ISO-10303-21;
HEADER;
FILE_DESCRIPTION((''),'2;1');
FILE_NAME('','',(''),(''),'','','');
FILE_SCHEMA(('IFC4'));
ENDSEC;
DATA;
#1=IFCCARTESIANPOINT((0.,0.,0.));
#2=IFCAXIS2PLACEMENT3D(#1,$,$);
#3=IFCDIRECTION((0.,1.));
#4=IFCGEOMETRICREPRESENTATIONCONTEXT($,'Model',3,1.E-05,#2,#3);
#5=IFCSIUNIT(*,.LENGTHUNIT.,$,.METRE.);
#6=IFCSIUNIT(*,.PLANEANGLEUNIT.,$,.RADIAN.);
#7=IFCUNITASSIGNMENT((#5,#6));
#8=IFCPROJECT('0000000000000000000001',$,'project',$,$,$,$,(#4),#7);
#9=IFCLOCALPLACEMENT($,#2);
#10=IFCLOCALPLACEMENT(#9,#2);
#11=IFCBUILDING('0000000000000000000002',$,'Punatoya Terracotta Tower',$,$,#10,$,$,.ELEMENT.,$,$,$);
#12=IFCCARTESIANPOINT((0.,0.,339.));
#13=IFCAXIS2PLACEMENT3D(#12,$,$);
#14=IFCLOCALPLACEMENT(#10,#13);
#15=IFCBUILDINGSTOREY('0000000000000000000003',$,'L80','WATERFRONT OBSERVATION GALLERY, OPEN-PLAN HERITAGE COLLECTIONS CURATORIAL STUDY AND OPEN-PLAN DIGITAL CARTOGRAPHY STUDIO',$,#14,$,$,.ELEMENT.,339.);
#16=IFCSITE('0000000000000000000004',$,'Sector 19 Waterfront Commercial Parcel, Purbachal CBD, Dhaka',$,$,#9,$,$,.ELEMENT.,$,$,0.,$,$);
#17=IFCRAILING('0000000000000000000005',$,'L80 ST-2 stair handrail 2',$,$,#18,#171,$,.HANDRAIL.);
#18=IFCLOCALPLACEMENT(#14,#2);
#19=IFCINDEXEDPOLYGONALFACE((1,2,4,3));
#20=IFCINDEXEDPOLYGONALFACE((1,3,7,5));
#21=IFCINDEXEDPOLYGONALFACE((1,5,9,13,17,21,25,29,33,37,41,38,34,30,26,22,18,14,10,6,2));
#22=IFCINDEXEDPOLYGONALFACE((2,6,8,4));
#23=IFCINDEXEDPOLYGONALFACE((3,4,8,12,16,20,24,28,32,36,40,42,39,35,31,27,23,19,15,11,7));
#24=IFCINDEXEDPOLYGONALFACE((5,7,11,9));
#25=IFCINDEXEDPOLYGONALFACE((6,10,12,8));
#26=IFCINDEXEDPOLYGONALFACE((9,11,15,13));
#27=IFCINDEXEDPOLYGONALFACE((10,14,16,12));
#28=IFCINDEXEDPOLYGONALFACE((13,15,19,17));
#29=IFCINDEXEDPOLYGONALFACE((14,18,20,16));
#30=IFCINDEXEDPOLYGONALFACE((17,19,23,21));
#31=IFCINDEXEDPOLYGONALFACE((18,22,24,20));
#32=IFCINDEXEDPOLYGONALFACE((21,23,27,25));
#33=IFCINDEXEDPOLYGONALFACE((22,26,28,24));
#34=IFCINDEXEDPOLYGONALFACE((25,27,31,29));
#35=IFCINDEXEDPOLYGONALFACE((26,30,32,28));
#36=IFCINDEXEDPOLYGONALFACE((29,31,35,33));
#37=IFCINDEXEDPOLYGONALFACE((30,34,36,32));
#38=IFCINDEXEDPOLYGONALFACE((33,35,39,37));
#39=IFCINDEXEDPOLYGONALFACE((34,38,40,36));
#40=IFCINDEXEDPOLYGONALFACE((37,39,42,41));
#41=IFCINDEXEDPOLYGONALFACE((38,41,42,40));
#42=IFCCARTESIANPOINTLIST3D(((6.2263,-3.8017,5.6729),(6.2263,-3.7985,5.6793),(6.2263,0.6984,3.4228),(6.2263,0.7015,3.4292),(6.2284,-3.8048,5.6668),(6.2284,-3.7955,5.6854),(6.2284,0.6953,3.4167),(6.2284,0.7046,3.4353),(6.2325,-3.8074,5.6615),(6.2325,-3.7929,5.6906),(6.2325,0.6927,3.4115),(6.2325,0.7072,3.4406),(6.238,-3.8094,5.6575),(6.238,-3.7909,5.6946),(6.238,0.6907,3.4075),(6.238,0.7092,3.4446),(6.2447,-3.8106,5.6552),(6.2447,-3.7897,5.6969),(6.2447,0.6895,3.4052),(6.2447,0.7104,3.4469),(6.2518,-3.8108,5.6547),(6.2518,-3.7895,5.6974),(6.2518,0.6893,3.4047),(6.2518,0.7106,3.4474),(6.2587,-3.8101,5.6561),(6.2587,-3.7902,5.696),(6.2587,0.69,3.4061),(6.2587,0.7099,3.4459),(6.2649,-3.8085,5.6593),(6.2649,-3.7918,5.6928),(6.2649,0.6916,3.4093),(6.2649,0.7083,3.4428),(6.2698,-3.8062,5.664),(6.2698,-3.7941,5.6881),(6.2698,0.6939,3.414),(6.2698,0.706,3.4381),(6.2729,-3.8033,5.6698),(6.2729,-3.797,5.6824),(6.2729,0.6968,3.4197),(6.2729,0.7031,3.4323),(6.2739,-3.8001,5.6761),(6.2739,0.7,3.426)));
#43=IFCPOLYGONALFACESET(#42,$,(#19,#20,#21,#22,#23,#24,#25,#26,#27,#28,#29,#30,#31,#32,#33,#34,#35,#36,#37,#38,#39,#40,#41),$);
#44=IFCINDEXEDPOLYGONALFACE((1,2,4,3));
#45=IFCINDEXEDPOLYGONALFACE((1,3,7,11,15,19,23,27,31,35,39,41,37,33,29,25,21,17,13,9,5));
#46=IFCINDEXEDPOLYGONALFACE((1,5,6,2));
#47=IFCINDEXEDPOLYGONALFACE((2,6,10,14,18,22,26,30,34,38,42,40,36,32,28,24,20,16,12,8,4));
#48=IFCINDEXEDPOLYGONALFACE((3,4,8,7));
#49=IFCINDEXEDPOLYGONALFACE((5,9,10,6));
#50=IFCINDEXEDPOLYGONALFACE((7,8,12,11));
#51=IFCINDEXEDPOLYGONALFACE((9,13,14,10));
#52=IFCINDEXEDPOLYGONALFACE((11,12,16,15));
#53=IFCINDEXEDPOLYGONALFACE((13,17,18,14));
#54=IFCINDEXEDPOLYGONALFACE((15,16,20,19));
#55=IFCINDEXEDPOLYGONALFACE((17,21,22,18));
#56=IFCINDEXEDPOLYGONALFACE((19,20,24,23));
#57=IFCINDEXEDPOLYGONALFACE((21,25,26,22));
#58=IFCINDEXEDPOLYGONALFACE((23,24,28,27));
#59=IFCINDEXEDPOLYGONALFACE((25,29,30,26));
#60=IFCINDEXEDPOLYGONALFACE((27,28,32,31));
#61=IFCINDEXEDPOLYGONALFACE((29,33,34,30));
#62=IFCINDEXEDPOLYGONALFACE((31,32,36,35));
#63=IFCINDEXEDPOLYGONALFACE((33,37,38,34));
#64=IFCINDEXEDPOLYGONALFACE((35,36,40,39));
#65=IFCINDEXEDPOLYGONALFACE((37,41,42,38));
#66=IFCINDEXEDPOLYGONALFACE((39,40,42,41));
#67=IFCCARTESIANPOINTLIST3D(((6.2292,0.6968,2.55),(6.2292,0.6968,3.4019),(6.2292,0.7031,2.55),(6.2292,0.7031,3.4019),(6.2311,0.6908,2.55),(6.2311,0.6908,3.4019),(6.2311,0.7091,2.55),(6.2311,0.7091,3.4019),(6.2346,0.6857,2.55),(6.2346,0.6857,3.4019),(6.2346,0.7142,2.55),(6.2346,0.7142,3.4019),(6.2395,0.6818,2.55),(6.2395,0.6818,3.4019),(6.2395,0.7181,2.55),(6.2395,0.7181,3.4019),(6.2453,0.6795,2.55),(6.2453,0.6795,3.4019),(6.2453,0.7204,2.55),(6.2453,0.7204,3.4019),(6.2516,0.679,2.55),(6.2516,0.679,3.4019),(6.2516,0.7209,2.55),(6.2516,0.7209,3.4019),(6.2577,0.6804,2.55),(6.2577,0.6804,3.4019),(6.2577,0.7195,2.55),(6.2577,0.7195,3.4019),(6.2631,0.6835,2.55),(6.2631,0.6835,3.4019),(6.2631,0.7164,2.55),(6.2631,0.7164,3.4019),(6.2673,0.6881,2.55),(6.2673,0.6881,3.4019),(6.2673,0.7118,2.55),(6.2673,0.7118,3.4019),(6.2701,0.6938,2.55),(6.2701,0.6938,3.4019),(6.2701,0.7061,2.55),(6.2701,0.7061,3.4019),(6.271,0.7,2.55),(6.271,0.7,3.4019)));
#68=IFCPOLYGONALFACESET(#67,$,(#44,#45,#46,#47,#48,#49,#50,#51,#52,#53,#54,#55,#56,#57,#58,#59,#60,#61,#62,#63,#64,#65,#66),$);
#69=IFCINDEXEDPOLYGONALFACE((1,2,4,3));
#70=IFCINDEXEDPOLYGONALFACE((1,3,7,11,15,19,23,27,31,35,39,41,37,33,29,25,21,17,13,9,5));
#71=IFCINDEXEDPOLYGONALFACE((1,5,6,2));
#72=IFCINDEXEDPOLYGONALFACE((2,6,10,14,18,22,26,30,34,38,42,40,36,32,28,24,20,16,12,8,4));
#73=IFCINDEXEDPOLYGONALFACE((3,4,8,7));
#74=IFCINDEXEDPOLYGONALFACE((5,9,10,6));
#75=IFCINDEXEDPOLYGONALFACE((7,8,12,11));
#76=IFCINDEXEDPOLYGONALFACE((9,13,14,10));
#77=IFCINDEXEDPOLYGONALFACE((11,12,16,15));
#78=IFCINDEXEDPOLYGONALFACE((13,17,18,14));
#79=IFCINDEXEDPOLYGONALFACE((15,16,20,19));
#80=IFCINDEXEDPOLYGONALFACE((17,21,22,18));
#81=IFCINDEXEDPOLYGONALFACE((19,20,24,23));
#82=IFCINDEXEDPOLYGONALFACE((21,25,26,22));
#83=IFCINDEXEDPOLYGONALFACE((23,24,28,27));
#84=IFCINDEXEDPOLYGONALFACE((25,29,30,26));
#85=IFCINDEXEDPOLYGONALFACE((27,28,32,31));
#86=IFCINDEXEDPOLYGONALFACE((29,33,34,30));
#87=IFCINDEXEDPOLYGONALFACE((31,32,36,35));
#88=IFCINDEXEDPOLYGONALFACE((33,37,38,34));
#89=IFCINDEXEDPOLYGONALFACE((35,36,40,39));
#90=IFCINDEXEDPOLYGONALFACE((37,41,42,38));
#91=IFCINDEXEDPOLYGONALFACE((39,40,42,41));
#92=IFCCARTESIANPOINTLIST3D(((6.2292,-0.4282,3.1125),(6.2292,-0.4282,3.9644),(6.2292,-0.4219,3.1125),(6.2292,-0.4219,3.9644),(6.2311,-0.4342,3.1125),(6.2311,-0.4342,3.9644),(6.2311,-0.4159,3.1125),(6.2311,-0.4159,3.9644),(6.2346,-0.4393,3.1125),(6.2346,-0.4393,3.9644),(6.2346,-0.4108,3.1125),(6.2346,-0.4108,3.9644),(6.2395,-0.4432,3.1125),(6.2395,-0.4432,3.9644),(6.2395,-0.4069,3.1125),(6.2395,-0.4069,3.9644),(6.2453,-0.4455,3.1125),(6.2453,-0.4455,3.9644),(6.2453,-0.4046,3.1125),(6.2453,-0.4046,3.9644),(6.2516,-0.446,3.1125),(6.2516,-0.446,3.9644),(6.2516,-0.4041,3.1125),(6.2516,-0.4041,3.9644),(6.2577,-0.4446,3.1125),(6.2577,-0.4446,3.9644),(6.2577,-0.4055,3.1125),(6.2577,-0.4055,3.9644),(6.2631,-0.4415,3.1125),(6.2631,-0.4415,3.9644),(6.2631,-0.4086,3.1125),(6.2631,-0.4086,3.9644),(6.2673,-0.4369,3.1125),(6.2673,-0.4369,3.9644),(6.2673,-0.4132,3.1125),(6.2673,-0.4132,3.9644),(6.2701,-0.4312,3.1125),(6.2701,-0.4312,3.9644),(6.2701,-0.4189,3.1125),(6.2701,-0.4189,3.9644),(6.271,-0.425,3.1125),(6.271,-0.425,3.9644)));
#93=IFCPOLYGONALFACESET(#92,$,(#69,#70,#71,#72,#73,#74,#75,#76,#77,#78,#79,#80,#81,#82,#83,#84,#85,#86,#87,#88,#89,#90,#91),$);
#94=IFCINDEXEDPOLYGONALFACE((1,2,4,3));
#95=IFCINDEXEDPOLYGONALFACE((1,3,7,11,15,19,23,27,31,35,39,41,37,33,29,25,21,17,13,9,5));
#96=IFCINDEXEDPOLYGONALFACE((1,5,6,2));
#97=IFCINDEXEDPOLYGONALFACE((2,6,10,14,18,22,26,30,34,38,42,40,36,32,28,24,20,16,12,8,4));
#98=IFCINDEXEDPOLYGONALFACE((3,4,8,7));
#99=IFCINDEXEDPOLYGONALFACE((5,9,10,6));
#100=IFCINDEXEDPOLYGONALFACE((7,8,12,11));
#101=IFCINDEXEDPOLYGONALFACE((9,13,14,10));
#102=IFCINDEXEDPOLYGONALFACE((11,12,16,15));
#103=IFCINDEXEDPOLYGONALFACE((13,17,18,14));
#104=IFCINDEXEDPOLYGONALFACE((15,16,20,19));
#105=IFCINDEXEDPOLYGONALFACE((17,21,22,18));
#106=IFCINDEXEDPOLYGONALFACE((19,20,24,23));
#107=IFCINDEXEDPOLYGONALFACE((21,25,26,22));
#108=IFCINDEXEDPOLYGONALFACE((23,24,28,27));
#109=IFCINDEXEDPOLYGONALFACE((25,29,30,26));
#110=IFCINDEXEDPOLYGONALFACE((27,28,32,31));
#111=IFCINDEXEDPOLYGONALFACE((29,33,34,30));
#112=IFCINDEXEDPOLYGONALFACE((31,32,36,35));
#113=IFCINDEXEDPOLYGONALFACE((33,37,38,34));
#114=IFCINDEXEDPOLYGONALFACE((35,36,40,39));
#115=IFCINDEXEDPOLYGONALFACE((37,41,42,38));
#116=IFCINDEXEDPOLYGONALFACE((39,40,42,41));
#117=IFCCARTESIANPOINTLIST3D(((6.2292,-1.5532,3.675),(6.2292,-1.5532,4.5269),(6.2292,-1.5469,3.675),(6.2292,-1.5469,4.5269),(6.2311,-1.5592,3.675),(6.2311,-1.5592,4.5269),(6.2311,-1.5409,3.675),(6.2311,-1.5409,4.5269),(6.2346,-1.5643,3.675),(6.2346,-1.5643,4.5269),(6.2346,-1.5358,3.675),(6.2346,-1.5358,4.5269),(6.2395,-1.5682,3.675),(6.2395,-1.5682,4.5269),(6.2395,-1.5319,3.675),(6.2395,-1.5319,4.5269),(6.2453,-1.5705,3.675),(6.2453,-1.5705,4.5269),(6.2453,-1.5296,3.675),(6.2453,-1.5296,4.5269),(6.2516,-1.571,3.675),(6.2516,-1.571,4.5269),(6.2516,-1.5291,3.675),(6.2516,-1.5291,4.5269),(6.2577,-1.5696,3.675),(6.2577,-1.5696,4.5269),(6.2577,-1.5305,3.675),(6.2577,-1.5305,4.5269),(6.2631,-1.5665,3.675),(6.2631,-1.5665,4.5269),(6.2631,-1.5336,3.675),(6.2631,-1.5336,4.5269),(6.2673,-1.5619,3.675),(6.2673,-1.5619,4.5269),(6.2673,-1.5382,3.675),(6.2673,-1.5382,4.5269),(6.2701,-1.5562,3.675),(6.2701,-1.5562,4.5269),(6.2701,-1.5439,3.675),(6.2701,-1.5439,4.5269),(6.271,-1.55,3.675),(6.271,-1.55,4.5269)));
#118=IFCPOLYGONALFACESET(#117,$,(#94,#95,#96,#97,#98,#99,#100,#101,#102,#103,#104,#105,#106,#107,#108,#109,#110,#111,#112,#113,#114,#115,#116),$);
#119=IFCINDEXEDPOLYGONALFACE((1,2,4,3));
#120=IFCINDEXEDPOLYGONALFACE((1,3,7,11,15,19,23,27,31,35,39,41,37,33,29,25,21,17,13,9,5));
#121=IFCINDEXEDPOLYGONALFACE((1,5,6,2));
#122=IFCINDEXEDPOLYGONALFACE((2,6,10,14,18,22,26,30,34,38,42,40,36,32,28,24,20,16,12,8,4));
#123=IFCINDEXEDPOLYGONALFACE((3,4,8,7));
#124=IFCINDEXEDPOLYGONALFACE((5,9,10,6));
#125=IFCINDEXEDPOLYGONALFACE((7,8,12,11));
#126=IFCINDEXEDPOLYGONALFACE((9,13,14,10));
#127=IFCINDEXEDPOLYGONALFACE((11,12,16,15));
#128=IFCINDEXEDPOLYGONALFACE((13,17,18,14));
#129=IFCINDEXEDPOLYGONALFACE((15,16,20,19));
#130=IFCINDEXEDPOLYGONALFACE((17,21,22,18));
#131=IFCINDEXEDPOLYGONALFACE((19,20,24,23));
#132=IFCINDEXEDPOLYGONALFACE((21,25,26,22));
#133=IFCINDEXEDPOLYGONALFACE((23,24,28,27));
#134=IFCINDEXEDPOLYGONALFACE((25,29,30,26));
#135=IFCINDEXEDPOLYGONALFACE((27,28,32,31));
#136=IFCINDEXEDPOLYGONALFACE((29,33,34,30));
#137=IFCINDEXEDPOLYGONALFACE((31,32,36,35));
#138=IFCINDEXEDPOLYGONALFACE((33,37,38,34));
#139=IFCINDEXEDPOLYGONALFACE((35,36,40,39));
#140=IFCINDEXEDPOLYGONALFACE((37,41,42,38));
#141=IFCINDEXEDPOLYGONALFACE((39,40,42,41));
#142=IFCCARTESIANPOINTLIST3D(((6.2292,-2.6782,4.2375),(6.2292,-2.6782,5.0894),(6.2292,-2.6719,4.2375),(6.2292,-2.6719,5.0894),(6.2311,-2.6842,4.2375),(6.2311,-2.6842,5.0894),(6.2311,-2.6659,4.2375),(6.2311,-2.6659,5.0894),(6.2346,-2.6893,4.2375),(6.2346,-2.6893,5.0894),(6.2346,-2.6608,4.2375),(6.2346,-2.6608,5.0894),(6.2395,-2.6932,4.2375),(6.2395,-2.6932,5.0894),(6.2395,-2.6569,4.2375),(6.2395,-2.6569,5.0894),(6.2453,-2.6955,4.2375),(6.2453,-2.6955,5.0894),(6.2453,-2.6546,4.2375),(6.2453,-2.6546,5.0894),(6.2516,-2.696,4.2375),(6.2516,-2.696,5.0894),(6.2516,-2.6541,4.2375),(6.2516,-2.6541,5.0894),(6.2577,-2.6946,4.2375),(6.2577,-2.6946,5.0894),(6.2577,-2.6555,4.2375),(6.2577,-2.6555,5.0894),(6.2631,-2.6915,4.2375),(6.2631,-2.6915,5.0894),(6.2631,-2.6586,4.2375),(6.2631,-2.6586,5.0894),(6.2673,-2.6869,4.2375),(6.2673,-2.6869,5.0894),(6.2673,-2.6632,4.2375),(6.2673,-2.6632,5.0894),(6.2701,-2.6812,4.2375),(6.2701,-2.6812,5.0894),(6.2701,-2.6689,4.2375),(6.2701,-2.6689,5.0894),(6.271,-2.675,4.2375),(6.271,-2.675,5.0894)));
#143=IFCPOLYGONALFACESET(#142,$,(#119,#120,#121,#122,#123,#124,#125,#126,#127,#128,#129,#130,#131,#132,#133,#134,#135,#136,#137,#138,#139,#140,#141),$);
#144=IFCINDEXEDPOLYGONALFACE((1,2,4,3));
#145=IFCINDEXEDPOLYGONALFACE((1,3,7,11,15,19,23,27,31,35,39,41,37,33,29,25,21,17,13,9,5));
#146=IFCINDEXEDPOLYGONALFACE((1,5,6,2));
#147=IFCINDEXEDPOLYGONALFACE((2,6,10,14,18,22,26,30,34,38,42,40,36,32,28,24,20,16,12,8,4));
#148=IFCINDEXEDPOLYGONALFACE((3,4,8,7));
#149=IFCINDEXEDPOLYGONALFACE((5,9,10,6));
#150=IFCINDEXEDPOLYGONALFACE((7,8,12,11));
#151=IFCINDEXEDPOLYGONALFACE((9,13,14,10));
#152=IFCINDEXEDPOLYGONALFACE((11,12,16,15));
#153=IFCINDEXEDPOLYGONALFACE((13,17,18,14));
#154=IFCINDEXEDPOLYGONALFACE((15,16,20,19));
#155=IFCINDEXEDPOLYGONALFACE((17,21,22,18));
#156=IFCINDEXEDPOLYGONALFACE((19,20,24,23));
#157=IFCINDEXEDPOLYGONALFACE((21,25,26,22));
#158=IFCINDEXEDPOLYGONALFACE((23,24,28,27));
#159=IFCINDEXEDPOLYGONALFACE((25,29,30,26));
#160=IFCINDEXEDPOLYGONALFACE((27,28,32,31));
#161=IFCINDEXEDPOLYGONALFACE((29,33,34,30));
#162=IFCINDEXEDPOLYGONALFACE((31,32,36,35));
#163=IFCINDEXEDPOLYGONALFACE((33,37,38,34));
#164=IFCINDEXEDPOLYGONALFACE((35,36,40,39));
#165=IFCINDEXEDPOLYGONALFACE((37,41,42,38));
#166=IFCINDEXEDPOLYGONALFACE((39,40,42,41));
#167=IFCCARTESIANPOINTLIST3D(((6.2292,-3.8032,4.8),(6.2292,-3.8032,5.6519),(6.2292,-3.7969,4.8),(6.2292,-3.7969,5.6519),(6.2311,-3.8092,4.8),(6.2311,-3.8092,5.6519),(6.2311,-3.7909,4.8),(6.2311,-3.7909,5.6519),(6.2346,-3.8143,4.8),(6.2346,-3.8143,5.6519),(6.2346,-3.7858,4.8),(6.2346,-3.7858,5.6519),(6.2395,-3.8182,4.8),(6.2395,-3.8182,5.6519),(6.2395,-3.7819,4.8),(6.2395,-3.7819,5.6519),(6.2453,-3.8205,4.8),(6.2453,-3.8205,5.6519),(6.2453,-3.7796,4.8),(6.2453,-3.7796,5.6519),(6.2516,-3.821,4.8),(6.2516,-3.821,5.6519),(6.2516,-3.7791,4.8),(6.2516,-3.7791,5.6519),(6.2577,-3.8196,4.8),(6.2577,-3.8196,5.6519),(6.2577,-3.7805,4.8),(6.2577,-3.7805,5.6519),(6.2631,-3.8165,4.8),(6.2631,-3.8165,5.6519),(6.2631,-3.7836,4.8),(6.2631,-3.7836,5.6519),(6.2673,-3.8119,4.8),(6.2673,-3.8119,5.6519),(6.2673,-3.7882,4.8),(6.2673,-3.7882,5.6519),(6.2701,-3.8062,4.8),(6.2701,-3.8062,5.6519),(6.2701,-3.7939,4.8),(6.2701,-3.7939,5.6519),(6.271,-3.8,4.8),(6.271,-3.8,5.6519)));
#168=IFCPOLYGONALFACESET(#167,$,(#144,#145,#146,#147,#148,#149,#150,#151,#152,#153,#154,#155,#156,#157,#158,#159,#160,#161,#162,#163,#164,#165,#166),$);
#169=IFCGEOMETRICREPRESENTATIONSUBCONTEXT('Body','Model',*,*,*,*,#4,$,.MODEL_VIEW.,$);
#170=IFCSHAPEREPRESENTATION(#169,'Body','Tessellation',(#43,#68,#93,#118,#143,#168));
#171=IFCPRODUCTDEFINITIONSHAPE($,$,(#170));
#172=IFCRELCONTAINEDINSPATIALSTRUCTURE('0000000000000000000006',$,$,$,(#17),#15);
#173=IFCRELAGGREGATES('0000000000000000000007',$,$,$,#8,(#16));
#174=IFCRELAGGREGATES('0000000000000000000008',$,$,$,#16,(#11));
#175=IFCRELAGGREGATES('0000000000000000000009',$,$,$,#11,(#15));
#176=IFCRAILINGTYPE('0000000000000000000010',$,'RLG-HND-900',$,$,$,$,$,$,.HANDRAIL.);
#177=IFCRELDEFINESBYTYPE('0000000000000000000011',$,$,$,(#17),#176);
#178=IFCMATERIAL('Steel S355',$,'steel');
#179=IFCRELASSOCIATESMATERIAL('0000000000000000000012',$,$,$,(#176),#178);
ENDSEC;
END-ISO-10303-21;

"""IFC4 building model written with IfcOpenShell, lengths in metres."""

from ifc_helpers import new_model, si_unit, direction, frame, origin, origin_2d, place, context, subcontext, project, spatial, circle, extrude, material, type_object, element, save


model = new_model("IFC4")

# Units and contexts
model_context = context("Model", 3, precision=1e-05, world=origin(), true_north=direction((0.0, 1.0)))
body_context = subcontext(model_context, "Body", "Model", "MODEL_VIEW")
ifc_project = project(units=[si_unit("LENGTHUNIT", "METRE"), si_unit("PLANEANGLEUNIT", "RADIAN")], contexts=[model_context])

# Site, building, storey
site_placement = place(None, origin())
site = spatial("IfcSite", under=ifc_project, at=site_placement, Name="Sector 19 Waterfront Commercial Parcel, Purbachal CBD, Dhaka", CompositionType="ELEMENT", RefElevation=0.0)
building_placement = place(site_placement, origin())
building = spatial("IfcBuilding", under=site, at=building_placement, Name="Punatoya Terracotta Tower", CompositionType="ELEMENT")
storey_placement = place(building_placement, frame((0.0, 0.0, 339.0)))
storey = spatial("IfcBuildingStorey", under=building, at=storey_placement, Name="L80", Description="WATERFRONT OBSERVATION GALLERY, OPEN-PLAN HERITAGE COLLECTIONS CURATORIAL STUDY AND OPEN-PLAN DIGITAL CARTOGRAPHY STUDIO", CompositionType="ELEMENT", Elevation=339.0)

# Shared definitions
ifc_material_1 = material(Name="Steel S355", Category="steel")

# Railing
railing_type_1 = type_object("IfcRailingType", Name="RLG-HND-900", PredefinedType="HANDRAIL", material=ifc_material_1)
railing_1_placement = place(storey_placement, frame((6.25, 0.7, 2.55)))
element("IfcRailing", 1, at=railing_1_placement, inside=storey, type_object=railing_type_1, Name="L80 ST-2 stair handrail 2", PredefinedType="HANDRAIL", context=body_context, shape_type="SweptSolid", body=[
    extrude(circle(Radius=0.0239, at=origin_2d()), frame((0.0, 0.0, 0.876), z_axis=(0.0, -0.894427, 0.447214), x_axis=(1.0, 0.0, 0.0)), (0.0, 0.0, 1.0), 5.0312),
    extrude(circle(Radius=0.021, at=origin_2d()), origin(), (0.0, 0.0, 1.0), 0.8518),
    extrude(circle(Radius=0.021, at=origin_2d()), frame((0.0, -1.125, 0.5625)), (0.0, 0.0, 1.0), 0.8518),
    extrude(circle(Radius=0.021, at=origin_2d()), frame((0.0, -2.25, 1.125)), (0.0, 0.0, 1.0), 0.8518),
    extrude(circle(Radius=0.021, at=origin_2d()), frame((0.0, -3.375, 1.6875)), (0.0, 0.0, 1.0), 0.8518),
    extrude(circle(Radius=0.021, at=origin_2d()), frame((0.0, -4.5, 2.25)), (0.0, 0.0, 1.0), 0.8518),
])

save(model, "model.ifc")
